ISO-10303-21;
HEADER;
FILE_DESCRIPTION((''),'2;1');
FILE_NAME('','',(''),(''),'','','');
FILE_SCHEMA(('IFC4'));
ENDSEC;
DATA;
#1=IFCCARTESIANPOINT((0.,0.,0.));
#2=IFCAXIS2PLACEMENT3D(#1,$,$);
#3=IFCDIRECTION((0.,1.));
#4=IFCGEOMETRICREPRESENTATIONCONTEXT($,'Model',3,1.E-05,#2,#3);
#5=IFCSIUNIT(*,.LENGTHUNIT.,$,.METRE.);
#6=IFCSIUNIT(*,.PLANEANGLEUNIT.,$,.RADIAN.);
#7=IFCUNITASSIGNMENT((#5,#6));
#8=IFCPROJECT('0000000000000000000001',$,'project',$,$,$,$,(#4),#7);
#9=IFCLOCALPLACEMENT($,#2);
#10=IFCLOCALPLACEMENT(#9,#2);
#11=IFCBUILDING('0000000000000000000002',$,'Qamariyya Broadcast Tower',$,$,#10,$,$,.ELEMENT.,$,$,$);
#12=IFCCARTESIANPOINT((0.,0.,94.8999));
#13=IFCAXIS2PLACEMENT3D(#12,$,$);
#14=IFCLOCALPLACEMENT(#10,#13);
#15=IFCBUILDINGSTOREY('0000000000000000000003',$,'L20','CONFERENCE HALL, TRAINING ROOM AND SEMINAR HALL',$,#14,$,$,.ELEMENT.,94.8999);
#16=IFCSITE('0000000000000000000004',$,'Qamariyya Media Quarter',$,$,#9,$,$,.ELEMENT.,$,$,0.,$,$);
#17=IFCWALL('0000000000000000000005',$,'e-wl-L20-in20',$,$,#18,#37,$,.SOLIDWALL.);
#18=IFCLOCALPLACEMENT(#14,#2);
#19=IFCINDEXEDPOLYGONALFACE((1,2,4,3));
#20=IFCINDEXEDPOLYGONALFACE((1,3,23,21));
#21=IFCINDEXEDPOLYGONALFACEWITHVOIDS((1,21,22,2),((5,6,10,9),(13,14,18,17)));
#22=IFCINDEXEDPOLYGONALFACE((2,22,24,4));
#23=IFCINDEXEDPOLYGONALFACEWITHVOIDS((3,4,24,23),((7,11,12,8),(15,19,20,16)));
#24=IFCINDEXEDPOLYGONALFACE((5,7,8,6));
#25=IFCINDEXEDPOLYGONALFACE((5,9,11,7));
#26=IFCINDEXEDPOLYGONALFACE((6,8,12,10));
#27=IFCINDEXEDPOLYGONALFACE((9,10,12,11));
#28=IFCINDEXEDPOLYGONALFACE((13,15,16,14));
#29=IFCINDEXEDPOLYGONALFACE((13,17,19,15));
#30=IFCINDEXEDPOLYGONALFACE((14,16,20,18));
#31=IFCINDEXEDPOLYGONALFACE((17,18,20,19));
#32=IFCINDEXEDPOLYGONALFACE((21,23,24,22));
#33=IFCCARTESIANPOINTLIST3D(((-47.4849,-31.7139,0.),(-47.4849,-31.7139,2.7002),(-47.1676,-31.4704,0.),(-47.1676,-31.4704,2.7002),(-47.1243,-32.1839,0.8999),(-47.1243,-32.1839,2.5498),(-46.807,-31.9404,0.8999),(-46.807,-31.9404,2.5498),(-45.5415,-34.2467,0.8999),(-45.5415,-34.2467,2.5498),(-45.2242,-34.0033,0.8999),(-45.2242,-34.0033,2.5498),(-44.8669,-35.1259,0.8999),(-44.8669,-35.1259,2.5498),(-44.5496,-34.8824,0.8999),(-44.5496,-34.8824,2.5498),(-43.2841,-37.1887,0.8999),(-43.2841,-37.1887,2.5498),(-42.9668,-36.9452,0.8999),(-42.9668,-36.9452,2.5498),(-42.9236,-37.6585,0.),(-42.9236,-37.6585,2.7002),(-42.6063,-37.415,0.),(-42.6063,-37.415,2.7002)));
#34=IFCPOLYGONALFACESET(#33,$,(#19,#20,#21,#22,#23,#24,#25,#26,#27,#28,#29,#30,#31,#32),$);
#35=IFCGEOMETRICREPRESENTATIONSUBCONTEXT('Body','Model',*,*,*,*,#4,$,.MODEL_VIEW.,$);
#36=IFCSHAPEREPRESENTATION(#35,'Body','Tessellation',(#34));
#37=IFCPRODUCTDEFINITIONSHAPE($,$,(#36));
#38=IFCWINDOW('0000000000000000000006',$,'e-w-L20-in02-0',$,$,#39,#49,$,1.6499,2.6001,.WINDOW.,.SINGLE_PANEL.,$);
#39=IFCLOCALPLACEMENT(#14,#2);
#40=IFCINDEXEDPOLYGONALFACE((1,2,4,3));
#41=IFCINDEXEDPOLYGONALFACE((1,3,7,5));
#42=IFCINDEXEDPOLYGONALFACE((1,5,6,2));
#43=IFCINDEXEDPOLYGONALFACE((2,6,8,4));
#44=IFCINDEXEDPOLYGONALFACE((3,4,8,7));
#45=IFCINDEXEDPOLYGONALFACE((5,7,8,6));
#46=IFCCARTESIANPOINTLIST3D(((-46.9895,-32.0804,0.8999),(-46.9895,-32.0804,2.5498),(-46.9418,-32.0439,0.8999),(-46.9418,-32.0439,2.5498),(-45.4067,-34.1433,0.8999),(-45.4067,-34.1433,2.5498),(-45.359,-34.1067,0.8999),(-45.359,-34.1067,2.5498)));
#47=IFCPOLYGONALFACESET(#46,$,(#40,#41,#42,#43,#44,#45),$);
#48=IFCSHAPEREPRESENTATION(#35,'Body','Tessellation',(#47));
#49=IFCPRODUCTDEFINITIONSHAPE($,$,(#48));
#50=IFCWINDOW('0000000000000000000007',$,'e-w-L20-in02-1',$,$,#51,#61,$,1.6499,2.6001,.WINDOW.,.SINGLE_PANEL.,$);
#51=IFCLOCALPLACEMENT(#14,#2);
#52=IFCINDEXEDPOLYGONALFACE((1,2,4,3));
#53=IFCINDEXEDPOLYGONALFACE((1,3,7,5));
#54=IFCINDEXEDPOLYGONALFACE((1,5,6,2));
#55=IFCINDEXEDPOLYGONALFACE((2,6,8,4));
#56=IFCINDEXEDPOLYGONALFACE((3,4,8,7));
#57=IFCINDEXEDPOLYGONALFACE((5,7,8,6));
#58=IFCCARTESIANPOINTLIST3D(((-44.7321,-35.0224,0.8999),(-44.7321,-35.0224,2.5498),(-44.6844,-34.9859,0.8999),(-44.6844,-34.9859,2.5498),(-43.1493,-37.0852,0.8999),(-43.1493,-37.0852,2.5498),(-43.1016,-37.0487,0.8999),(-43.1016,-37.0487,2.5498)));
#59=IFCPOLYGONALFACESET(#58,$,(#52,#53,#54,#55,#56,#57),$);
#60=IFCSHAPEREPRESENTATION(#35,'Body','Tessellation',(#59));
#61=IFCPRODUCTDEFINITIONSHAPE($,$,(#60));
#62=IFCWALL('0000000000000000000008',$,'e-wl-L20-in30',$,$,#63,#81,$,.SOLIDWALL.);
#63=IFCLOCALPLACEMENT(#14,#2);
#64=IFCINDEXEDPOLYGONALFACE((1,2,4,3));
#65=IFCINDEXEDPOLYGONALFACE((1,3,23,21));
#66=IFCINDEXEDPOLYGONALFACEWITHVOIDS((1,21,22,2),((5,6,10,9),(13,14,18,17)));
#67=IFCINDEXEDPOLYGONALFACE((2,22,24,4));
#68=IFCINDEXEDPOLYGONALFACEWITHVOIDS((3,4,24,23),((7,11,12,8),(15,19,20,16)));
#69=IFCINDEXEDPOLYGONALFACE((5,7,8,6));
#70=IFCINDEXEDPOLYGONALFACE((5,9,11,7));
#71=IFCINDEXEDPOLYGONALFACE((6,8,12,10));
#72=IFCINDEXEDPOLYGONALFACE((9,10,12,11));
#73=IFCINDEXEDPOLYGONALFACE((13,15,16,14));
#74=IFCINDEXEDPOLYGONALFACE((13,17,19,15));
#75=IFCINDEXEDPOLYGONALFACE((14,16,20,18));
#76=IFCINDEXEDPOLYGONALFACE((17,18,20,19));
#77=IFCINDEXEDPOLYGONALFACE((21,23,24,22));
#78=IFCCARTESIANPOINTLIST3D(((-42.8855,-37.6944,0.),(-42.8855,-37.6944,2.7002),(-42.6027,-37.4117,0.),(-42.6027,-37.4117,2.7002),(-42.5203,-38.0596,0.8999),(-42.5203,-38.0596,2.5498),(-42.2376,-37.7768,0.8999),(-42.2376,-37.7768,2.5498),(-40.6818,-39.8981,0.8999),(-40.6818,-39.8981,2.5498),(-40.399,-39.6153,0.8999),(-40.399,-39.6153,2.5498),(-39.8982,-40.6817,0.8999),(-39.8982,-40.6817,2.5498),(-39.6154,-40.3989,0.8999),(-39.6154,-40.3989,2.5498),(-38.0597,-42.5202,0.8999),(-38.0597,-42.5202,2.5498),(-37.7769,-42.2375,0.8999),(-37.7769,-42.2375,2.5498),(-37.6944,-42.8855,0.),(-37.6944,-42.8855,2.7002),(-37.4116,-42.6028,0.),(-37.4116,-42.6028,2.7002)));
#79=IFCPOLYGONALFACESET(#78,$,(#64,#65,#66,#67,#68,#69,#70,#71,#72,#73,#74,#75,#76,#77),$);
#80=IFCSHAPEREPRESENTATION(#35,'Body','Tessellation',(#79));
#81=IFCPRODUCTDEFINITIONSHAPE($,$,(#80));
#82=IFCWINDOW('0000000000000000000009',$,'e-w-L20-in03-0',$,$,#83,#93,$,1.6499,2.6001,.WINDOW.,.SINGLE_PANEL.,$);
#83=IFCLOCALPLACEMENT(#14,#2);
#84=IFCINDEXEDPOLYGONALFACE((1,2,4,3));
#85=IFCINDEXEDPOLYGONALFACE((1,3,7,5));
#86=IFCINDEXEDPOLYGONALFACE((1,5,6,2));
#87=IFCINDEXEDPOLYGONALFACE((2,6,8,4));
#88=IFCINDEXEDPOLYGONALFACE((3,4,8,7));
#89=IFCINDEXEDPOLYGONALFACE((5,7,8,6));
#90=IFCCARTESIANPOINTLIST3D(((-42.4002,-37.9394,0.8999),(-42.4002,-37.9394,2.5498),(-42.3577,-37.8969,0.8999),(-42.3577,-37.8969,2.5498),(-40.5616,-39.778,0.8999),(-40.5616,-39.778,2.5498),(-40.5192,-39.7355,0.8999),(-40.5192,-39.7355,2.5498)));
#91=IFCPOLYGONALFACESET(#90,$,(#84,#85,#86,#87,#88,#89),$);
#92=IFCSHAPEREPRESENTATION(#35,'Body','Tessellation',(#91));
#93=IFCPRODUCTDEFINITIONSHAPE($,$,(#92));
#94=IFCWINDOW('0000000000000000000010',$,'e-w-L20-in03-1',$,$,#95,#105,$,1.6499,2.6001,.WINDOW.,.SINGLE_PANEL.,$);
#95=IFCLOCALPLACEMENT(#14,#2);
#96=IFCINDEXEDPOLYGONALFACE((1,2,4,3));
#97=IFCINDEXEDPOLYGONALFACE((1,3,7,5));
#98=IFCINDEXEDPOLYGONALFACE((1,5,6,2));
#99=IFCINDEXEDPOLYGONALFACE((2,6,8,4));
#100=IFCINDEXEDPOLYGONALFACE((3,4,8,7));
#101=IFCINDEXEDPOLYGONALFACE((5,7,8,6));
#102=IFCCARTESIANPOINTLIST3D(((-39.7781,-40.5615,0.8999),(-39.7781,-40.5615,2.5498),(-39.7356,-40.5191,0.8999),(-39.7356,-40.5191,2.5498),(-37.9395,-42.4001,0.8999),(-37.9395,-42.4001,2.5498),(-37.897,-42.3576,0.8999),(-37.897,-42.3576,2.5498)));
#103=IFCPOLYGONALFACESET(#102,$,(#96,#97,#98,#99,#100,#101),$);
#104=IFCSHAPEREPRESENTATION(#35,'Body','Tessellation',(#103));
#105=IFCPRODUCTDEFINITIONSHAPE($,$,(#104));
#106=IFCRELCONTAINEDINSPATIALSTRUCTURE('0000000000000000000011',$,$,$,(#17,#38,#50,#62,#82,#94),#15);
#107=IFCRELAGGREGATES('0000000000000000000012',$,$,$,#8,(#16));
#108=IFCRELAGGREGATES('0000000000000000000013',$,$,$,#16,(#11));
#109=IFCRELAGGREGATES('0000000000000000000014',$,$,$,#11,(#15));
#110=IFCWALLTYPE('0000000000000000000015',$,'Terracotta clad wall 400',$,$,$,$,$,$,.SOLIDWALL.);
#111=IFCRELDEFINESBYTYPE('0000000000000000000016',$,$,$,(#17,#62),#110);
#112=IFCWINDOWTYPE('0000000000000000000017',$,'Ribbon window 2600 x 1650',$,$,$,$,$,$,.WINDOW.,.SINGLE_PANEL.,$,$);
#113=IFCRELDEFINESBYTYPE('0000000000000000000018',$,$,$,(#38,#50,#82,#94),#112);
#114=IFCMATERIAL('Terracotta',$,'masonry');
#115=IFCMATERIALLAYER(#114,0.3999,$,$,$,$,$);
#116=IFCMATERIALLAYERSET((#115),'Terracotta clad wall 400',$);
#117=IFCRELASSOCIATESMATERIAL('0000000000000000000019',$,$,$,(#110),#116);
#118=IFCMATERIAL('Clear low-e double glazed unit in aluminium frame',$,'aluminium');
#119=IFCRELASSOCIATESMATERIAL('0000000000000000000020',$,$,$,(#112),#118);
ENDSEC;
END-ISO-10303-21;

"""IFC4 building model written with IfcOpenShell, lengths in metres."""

from ifc_helpers import new_model, si_unit, direction, frame, frame_2d, origin, place, context, subcontext, project, spatial, rectangle, extrude, material, layer, layer_set, type_object, element, fill, save


model = new_model("IFC4")

# Units and contexts
model_context = context("Model", 3, precision=1e-05, world=origin(), true_north=direction((0.0, 1.0)))
body_context = subcontext(model_context, "Body", "Model", "MODEL_VIEW")
ifc_project = project(units=[si_unit("LENGTHUNIT", "METRE"), si_unit("PLANEANGLEUNIT", "RADIAN")], contexts=[model_context])

# Site, building, storey
site_placement = place(None, origin())
site = spatial("IfcSite", under=ifc_project, at=site_placement, Name="Qamariyya Media Quarter", CompositionType="ELEMENT", RefElevation=0.0)
building_placement = place(site_placement, origin())
building = spatial("IfcBuilding", under=site, at=building_placement, Name="Qamariyya Broadcast Tower", CompositionType="ELEMENT")
storey_placement = place(building_placement, frame((0.0, 0.0, 94.8999)))
storey = spatial("IfcBuildingStorey", under=building, at=storey_placement, Name="L20", Description="CONFERENCE HALL, TRAINING ROOM AND SEMINAR HALL", CompositionType="ELEMENT", Elevation=94.8999)

# Walls, openings, windows
ifc_material_1 = material(Name="Terracotta", Category="masonry")
ifc_layer_1 = layer(ifc_material_1, 0.3999)
ifc_layer_set_1 = layer_set([ifc_layer_1], Name="Terracotta clad wall 400")
wall_type_1 = type_object("IfcWallType", Name="Terracotta clad wall 400", PredefinedType="SOLIDWALL", material=ifc_layer_set_1)
wall_1_placement = place(storey_placement, frame((-42.7649, -37.5369, 0.0), z_axis=(0.0, 0.0, 1.0), x_axis=(-0.608748, 0.793363, 0.0)))
wall_1 = element("IfcWall", 1, at=wall_1_placement, inside=storey, type_object=wall_type_1, Name="e-wl-L20-in20", PredefinedType="SOLIDWALL", context=body_context, shape_type="SweptSolid", body=[
    extrude(rectangle(XDim=7.4929, YDim=0.3999, at=frame_2d((3.7466, 0.0))), origin(), (0.0, 0.0, 1.0), 2.7002),
])
opening_1_placement = place(wall_1_placement, frame((4.3005, 0.0, 0.8999)))
opening_1 = element("IfcOpeningElement", 2, at=opening_1_placement, cuts=wall_1, PredefinedType="OPENING", context=body_context, shape_type="SweptSolid", body=[
    extrude(rectangle(XDim=2.6001, YDim=1.6499, at=frame_2d((1.3, 0.825))), frame((0.0, 0.21, 0.0), z_axis=(0.0, -1.0, 0.0), x_axis=(1.0, 0.0, 0.0)), (0.0, 0.0, 1.0), 0.4199),
])
opening_2_placement = place(wall_1_placement, frame((0.5923, 0.0, 0.8999)))
opening_2 = element("IfcOpeningElement", 3, at=opening_2_placement, cuts=wall_1, PredefinedType="OPENING", context=body_context, shape_type="SweptSolid", body=[
    extrude(rectangle(XDim=2.6001, YDim=1.6499, at=frame_2d((1.3, 0.825))), frame((0.0, 0.21, 0.0), z_axis=(0.0, -1.0, 0.0), x_axis=(1.0, 0.0, 0.0)), (0.0, 0.0, 1.0), 0.4199),
])
ifc_material_2 = material(Name="Clear low-e double glazed unit in aluminium frame", Category="aluminium")
window_type = type_object("IfcWindowType", Name="Ribbon window 2600 x 1650", PartitioningType="SINGLE_PANEL", PredefinedType="WINDOW", material=ifc_material_2)
window_1_placement = place(opening_1_placement, origin())
window_1 = element("IfcWindow", 4, at=window_1_placement, inside=storey, type_object=window_type, Name="e-w-L20-in02-0", OverallHeight=1.6499, OverallWidth=2.6001, PartitioningType="SINGLE_PANEL", PredefinedType="WINDOW", context=body_context, shape_type="SweptSolid", body=[
    extrude(rectangle(XDim=2.6001, YDim=1.6499, at=frame_2d((1.3, 0.825))), frame((0.0, 0.03, 0.0), z_axis=(0.0, -1.0, 0.0), x_axis=(1.0, 0.0, 0.0)), (0.0, 0.0, 1.0), 0.0601),
])
fill(opening_1, window_1)
window_2_placement = place(opening_2_placement, origin())
window_2 = element("IfcWindow", 5, at=window_2_placement, inside=storey, type_object=window_type, Name="e-w-L20-in02-1", OverallHeight=1.6499, OverallWidth=2.6001, PartitioningType="SINGLE_PANEL", PredefinedType="WINDOW", context=body_context, shape_type="SweptSolid", body=[
    extrude(rectangle(XDim=2.6001, YDim=1.6499, at=frame_2d((1.3, 0.825))), frame((0.0, 0.03, 0.0), z_axis=(0.0, -1.0, 0.0), x_axis=(1.0, 0.0, 0.0)), (0.0, 0.0, 1.0), 0.0601),
])
fill(opening_2, window_2)
wall_2_placement = place(storey_placement, frame((-37.553, -42.7441, 0.0), z_axis=(0.0, 0.0, 1.0), x_axis=(-0.707107, 0.707107, 0.0)))
wall_2 = element("IfcWall", 6, at=wall_2_placement, inside=storey, type_object=wall_type_1, Name="e-wl-L20-in30", PredefinedType="SOLIDWALL", context=body_context, shape_type="SweptSolid", body=[
    extrude(rectangle(XDim=7.3413, YDim=0.3999, at=frame_2d((3.6707, 0.0))), origin(), (0.0, 0.0, 1.0), 2.7002),
])
opening_3_placement = place(wall_2_placement, frame((4.2249, 0.0, 0.8999)))
opening_3 = element("IfcOpeningElement", 7, at=opening_3_placement, cuts=wall_2, PredefinedType="OPENING", context=body_context, shape_type="SweptSolid", body=[
    extrude(rectangle(XDim=2.6001, YDim=1.6499, at=frame_2d((1.3, 0.825))), frame((0.0, 0.21, 0.0), z_axis=(0.0, -1.0, 0.0), x_axis=(1.0, 0.0, 0.0)), (0.0, 0.0, 1.0), 0.4199),
])
opening_4_placement = place(wall_2_placement, frame((0.5166, 0.0, 0.8999)))
opening_4 = element("IfcOpeningElement", 8, at=opening_4_placement, cuts=wall_2, PredefinedType="OPENING", context=body_context, shape_type="SweptSolid", body=[
    extrude(rectangle(XDim=2.6001, YDim=1.6499, at=frame_2d((1.3, 0.825))), frame((0.0, 0.21, 0.0), z_axis=(0.0, -1.0, 0.0), x_axis=(1.0, 0.0, 0.0)), (0.0, 0.0, 1.0), 0.4199),
])
window_3_placement = place(opening_3_placement, origin())
window_3 = element("IfcWindow", 9, at=window_3_placement, inside=storey, type_object=window_type, Name="e-w-L20-in03-0", OverallHeight=1.6499, OverallWidth=2.6001, PartitioningType="SINGLE_PANEL", PredefinedType="WINDOW", context=body_context, shape_type="SweptSolid", body=[
    extrude(rectangle(XDim=2.6001, YDim=1.6499, at=frame_2d((1.3, 0.825))), frame((0.0, 0.03, 0.0), z_axis=(0.0, -1.0, 0.0), x_axis=(1.0, 0.0, 0.0)), (0.0, 0.0, 1.0), 0.0601),
])
fill(opening_3, window_3)
window_4_placement = place(opening_4_placement, origin())
window_4 = element("IfcWindow", 10, at=window_4_placement, inside=storey, type_object=window_type, Name="e-w-L20-in03-1", OverallHeight=1.6499, OverallWidth=2.6001, PartitioningType="SINGLE_PANEL", PredefinedType="WINDOW", context=body_context, shape_type="SweptSolid", body=[
    extrude(rectangle(XDim=2.6001, YDim=1.6499, at=frame_2d((1.3, 0.825))), frame((0.0, 0.03, 0.0), z_axis=(0.0, -1.0, 0.0), x_axis=(1.0, 0.0, 0.0)), (0.0, 0.0, 1.0), 0.0601),
])
fill(opening_4, window_4)

save(model, "model.ifc")
